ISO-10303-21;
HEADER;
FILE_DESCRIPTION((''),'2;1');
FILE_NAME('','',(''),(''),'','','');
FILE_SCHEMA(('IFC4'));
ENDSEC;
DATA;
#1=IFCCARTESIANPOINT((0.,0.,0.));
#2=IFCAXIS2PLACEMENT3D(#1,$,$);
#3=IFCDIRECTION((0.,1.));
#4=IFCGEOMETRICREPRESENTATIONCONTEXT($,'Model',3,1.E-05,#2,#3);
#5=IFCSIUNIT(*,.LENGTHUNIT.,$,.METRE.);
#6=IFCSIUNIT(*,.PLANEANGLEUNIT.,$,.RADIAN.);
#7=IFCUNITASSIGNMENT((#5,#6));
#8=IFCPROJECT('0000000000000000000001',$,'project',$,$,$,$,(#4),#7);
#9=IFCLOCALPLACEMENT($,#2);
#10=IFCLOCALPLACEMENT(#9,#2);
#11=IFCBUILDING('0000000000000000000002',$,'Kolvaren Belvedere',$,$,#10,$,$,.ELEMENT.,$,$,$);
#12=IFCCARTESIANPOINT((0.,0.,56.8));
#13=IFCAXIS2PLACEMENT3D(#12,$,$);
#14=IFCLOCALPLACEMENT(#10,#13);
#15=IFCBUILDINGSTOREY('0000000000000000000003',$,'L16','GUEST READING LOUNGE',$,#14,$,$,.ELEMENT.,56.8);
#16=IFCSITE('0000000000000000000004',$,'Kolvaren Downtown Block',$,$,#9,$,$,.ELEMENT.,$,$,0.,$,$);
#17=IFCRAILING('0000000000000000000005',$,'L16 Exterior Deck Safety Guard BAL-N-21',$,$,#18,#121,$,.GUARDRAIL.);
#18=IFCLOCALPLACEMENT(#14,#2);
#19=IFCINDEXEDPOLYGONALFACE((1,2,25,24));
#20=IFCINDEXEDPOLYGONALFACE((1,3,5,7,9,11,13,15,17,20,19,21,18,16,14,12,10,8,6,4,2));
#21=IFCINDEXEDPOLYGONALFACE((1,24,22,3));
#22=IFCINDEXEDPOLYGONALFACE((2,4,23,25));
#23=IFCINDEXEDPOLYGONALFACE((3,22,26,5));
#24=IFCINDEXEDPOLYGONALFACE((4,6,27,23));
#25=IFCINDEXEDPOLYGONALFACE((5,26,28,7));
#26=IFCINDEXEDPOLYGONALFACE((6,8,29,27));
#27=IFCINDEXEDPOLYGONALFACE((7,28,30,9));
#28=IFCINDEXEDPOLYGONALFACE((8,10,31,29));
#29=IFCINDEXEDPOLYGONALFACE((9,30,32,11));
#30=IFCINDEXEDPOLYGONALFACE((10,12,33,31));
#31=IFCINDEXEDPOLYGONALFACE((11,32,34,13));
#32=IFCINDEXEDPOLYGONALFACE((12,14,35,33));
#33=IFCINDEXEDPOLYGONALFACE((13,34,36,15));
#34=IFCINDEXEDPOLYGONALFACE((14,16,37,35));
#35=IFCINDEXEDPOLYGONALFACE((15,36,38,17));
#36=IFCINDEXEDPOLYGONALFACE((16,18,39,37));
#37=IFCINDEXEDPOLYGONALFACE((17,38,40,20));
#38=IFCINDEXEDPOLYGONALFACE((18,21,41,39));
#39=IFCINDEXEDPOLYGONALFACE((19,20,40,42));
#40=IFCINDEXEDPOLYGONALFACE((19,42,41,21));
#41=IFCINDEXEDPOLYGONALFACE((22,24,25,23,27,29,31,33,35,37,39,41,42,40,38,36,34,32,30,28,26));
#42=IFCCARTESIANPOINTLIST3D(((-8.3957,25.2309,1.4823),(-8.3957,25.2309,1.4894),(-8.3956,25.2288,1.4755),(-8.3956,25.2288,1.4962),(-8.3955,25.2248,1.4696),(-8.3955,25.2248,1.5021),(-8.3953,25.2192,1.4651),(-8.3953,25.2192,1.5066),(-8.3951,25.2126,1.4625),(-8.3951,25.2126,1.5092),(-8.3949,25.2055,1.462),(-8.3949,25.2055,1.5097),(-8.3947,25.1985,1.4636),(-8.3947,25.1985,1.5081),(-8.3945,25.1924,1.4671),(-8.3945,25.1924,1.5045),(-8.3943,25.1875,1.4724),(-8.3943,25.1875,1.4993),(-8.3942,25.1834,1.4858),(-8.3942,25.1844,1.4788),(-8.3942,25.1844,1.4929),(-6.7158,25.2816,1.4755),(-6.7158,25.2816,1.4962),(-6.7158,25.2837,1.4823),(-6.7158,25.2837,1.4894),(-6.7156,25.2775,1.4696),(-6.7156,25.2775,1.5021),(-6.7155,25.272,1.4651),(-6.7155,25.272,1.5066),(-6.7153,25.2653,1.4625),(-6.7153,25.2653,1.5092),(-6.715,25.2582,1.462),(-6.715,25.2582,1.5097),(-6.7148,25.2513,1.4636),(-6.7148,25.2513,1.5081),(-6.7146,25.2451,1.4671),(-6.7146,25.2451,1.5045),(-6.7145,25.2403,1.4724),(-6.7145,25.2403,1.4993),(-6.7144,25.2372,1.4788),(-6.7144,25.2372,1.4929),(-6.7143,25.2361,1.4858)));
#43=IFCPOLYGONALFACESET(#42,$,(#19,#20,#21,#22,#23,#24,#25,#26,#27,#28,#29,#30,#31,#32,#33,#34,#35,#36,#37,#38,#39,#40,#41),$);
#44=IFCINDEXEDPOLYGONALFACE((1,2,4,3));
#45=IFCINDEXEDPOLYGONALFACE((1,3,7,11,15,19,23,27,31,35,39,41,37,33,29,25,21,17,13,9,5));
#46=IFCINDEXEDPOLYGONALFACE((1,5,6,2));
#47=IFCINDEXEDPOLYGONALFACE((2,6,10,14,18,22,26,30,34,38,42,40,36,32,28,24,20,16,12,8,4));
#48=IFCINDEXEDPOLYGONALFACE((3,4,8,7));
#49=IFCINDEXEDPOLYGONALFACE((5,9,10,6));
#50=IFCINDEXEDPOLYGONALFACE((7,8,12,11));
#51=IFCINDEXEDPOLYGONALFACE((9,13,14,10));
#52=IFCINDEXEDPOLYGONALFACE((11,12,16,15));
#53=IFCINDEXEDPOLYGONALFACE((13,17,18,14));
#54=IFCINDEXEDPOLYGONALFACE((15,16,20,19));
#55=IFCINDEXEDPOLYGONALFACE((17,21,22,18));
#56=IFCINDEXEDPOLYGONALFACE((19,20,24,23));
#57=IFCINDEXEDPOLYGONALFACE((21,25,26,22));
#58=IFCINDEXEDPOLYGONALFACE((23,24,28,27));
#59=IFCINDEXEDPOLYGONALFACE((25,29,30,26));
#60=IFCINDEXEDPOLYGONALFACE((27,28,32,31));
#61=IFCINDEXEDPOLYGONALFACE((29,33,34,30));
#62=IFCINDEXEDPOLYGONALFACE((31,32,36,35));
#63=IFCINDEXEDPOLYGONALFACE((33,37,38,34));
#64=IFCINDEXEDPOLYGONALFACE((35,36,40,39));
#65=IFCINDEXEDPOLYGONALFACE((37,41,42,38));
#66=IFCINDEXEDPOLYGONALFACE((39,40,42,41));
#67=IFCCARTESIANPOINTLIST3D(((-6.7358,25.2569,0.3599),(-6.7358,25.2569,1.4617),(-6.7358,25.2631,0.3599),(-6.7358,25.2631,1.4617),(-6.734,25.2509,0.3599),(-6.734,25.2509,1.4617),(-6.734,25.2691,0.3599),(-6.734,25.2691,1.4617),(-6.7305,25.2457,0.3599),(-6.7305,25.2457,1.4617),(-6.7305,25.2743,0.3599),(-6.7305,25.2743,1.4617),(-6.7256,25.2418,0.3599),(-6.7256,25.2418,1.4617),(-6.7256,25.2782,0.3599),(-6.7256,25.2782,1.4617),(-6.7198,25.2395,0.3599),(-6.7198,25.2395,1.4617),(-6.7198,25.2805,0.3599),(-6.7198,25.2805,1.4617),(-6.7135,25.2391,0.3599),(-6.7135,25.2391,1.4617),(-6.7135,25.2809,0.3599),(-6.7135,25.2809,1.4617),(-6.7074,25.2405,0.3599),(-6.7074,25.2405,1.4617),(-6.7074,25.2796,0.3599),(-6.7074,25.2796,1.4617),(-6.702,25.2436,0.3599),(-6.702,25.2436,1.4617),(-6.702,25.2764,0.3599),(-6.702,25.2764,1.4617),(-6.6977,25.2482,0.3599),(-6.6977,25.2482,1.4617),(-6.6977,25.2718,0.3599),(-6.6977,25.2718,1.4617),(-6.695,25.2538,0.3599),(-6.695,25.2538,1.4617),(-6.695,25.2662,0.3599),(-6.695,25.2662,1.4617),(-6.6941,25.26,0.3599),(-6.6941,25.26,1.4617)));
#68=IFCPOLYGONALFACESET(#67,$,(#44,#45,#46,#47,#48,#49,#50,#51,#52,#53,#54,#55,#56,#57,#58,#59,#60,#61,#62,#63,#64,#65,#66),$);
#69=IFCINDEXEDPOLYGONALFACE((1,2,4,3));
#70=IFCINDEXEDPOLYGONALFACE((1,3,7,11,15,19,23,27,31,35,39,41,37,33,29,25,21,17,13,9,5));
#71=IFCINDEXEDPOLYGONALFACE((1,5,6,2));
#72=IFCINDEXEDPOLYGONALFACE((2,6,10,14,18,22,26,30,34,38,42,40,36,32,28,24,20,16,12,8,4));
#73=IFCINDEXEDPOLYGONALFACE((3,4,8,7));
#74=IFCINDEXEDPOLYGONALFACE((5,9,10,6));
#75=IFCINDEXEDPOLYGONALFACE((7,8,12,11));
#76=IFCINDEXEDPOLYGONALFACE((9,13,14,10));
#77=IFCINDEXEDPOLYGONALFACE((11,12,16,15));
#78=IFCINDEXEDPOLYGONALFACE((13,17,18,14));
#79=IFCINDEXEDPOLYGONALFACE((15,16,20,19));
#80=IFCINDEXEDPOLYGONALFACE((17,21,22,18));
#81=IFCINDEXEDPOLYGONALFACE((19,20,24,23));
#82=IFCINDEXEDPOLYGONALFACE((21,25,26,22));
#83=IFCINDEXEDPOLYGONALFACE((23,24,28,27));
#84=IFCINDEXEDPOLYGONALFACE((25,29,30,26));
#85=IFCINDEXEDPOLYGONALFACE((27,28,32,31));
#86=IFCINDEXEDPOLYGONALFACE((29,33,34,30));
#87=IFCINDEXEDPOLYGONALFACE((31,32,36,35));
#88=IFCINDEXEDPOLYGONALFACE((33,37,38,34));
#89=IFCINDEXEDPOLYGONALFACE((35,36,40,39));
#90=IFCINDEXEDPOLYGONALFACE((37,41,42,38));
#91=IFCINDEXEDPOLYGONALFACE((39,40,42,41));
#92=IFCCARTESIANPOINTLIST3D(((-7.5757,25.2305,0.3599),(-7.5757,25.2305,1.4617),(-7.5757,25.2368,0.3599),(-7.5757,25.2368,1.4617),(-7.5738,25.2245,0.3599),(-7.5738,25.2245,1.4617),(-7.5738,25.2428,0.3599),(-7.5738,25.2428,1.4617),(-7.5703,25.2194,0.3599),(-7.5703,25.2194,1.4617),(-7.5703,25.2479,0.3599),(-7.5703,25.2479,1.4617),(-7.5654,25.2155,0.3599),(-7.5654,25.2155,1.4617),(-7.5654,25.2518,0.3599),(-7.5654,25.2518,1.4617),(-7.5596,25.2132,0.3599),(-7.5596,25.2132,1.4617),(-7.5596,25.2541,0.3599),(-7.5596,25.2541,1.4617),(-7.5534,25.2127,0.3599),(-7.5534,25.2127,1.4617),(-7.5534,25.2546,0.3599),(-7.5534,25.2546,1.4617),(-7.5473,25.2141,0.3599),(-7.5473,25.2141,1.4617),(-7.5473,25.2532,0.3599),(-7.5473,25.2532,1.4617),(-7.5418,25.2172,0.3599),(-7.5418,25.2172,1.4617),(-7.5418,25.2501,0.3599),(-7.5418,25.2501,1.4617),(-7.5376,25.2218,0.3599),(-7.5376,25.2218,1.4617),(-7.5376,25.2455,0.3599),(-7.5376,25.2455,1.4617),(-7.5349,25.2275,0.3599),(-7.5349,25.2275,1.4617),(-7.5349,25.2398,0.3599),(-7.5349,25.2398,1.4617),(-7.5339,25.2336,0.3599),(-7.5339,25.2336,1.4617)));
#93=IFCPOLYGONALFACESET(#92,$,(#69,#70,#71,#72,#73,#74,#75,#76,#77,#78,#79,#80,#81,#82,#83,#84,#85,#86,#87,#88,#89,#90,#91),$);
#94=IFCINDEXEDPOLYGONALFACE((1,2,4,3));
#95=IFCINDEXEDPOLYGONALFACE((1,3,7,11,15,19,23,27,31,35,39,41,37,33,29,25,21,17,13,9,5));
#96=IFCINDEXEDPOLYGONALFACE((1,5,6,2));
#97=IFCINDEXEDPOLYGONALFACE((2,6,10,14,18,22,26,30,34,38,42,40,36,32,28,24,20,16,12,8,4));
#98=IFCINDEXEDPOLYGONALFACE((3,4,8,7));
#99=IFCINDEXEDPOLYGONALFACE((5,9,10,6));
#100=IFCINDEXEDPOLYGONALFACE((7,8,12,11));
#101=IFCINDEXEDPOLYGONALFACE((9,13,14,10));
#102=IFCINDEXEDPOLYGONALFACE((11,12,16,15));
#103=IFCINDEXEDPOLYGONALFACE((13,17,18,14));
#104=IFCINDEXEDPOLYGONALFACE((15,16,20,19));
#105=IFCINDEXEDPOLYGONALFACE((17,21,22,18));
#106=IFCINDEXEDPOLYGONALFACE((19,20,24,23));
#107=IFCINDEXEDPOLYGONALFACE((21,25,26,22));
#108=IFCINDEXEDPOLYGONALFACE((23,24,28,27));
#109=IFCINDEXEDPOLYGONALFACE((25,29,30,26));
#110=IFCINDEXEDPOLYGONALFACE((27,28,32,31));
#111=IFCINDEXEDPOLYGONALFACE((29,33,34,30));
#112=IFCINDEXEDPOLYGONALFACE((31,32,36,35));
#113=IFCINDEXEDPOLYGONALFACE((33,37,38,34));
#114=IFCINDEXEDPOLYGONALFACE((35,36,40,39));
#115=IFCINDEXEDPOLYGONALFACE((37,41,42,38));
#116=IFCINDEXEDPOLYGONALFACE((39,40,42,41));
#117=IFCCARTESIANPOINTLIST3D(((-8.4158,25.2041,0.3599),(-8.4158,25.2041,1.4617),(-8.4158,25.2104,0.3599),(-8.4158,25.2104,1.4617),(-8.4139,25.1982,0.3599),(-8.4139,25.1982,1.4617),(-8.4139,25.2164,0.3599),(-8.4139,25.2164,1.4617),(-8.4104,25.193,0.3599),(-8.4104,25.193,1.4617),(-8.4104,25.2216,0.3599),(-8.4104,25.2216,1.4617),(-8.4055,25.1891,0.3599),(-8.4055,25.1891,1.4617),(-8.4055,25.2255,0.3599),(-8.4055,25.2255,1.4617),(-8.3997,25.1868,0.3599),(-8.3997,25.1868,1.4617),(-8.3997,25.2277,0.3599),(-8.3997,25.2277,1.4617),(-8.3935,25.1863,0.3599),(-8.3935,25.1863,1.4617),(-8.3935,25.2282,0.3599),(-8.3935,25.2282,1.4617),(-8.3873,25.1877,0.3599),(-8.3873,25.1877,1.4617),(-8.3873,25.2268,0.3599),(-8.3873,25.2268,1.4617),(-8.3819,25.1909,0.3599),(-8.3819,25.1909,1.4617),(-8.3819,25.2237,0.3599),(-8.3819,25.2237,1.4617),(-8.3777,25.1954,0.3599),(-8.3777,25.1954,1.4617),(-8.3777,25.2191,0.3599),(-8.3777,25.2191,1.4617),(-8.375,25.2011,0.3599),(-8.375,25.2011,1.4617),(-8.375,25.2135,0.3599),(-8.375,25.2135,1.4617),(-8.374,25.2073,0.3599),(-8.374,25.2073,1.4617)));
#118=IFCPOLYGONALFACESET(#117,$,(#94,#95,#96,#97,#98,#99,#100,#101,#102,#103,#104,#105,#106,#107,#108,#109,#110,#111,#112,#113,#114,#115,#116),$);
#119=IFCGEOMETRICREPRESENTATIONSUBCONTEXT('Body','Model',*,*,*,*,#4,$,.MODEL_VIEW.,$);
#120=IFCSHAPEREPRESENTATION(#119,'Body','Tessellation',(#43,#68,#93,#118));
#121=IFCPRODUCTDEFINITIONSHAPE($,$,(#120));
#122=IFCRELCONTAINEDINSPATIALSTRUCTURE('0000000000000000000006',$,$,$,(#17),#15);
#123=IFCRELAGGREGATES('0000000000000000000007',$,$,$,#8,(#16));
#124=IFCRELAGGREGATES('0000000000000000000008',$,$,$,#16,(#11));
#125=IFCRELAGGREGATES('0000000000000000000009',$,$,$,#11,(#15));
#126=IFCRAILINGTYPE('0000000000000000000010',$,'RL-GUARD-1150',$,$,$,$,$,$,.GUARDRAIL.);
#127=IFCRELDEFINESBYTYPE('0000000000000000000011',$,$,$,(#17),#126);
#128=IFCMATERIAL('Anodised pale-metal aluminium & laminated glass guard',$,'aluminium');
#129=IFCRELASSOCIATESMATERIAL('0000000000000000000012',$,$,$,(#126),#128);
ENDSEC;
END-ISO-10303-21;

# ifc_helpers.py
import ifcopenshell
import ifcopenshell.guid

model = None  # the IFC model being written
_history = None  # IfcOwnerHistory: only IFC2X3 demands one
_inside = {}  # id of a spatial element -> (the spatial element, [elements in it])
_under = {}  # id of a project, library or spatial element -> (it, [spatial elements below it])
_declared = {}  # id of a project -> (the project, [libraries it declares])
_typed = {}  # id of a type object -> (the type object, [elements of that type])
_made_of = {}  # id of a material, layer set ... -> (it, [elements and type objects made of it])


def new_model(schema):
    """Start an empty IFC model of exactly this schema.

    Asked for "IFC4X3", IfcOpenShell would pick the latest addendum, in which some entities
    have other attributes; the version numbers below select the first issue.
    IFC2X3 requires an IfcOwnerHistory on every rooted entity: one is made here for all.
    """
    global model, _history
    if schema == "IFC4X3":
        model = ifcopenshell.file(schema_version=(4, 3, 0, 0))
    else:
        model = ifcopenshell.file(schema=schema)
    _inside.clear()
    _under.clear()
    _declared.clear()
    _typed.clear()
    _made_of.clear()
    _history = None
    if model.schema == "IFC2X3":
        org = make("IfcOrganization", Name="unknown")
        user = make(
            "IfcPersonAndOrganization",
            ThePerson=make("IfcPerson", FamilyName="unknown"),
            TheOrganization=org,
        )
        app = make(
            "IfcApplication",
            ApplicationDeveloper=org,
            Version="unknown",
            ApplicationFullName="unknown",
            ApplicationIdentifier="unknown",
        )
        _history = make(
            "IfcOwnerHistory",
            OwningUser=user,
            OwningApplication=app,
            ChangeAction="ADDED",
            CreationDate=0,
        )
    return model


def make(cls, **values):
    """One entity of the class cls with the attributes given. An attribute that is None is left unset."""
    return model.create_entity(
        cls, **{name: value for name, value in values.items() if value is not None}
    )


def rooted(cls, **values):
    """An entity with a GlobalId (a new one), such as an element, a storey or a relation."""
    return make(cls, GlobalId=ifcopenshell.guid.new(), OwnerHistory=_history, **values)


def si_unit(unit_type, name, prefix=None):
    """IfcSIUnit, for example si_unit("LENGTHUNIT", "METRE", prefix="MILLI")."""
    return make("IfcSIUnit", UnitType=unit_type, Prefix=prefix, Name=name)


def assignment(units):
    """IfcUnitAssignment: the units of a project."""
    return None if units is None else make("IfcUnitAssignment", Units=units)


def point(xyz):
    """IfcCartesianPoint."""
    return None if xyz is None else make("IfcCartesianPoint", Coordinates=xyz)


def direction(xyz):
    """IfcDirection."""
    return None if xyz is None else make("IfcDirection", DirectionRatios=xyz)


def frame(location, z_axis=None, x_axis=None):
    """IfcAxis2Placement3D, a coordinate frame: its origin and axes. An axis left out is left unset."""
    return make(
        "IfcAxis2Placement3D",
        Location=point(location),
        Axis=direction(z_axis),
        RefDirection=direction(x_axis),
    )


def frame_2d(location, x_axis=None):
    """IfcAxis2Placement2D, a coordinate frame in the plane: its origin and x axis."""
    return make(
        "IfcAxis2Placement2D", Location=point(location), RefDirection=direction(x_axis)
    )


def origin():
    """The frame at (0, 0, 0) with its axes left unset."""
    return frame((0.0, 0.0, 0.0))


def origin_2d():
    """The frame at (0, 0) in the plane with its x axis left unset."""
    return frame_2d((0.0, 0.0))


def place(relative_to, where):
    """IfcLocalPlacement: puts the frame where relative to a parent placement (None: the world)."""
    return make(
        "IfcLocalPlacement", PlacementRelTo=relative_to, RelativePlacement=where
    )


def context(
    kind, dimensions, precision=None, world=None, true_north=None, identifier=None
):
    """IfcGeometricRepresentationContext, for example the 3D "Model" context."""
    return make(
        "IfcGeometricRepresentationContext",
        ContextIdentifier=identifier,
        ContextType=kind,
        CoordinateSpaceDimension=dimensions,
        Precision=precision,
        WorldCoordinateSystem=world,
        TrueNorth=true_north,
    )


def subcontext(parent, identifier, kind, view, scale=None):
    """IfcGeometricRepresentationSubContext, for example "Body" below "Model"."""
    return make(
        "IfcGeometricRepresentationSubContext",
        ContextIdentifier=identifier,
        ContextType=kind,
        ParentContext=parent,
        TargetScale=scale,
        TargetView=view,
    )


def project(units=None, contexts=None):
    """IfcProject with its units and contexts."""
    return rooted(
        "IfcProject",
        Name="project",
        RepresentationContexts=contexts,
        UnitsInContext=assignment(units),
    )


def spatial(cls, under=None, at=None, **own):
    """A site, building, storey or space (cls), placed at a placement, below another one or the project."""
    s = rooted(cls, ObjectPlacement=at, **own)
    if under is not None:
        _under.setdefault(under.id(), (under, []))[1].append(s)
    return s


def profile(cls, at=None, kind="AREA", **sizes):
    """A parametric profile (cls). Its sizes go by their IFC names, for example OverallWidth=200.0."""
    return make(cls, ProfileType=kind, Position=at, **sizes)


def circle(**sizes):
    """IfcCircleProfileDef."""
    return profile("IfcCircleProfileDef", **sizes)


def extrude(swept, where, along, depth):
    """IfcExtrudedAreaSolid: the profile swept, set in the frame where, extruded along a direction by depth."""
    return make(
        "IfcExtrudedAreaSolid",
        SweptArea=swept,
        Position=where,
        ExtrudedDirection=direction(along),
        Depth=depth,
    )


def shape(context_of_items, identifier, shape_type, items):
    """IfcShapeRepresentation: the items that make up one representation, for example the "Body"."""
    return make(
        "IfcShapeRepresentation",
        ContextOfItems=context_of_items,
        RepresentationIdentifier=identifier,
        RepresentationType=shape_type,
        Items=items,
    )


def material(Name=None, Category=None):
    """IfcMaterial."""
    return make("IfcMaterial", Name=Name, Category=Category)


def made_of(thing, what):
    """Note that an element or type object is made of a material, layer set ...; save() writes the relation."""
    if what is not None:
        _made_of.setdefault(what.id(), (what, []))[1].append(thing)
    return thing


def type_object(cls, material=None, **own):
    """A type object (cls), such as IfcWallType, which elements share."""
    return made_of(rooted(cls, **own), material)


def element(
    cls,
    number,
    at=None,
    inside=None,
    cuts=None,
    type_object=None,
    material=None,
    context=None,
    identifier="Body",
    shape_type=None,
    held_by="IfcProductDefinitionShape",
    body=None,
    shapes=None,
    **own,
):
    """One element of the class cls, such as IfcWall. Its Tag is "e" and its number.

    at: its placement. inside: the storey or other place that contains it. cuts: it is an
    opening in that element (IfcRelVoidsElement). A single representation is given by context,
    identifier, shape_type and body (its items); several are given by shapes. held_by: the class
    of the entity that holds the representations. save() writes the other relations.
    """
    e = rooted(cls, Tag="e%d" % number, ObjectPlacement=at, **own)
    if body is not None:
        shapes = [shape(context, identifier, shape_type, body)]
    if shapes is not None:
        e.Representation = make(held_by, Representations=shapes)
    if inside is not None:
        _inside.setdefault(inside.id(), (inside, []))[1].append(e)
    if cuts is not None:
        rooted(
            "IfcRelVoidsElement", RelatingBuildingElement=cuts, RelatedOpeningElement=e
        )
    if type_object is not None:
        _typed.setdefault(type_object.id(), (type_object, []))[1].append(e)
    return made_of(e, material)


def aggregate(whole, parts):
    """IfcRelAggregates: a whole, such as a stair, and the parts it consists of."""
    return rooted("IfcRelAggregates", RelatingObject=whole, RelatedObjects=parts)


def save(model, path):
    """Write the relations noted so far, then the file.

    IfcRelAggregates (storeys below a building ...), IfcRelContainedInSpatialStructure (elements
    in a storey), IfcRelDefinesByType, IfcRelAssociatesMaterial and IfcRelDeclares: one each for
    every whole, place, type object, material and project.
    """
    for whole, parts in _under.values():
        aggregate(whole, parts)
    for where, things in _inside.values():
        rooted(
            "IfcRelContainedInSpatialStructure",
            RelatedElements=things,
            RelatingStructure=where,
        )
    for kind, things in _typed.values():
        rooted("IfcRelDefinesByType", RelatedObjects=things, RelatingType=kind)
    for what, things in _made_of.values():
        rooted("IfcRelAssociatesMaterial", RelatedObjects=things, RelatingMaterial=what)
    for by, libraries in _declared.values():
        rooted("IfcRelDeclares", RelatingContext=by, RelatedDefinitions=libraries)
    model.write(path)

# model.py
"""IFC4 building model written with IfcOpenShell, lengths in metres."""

from ifc_helpers import new_model, si_unit, direction, frame, origin, origin_2d, place, context, subcontext, project, spatial, circle, extrude, material, type_object, element, save


model = new_model("IFC4")

# Units and contexts
model_context = context("Model", 3, precision=1e-05, world=origin(), true_north=direction((0.0, 1.0)))
body_context = subcontext(model_context, "Body", "Model", "MODEL_VIEW")
ifc_project = project(units=[si_unit("LENGTHUNIT", "METRE"), si_unit("PLANEANGLEUNIT", "RADIAN")], contexts=[model_context])

# Site, building, storey
site_placement = place(None, origin())
site = spatial("IfcSite", under=ifc_project, at=site_placement, Name="Kolvaren Downtown Block", CompositionType="ELEMENT", RefElevation=0.0)
building_placement = place(site_placement, origin())
building = spatial("IfcBuilding", under=site, at=building_placement, Name="Kolvaren Belvedere", CompositionType="ELEMENT")
storey_placement = place(building_placement, frame((0.0, 0.0, 56.8)))
storey = spatial("IfcBuildingStorey", under=building, at=storey_placement, Name="L16", Description="GUEST READING LOUNGE", CompositionType="ELEMENT", Elevation=56.8)

# Railing
ifc_material_1 = material(Name="Anodised pale-metal aluminium & laminated glass guard", Category="aluminium")
railing_type = type_object("IfcRailingType", Name="RL-GUARD-1150", PredefinedType="GUARDRAIL", material=ifc_material_1)
railing_1_placement = place(storey_placement, frame((-6.7151, 25.26, 0.3599)))
element("IfcRailing", 1, at=railing_1_placement, inside=storey, type_object=railing_type, Name="L16 Exterior Deck Safety Guard BAL-N-21", PredefinedType="GUARDRAIL", context=body_context, shape_type="SweptSolid", body=[
    extrude(circle(Radius=0.0239, at=origin_2d()), frame((0.0, 0.0, 1.126), z_axis=(-0.999508, -0.031375, 0.0), x_axis=(0.031375, -0.999508, 0.0)), (0.0, 0.0, 1.0), 1.6807),
    extrude(circle(Radius=0.021, at=origin_2d()), origin(), (0.0, 0.0, 1.0), 1.1018),
    extrude(circle(Radius=0.021, at=origin_2d()), frame((-0.8398, -0.0264, 0.0)), (0.0, 0.0, 1.0), 1.1018),
    extrude(circle(Radius=0.021, at=origin_2d()), frame((-1.6799, -0.0527, 0.0)), (0.0, 0.0, 1.0), 1.1018),
])

save(model, "model.ifc")
